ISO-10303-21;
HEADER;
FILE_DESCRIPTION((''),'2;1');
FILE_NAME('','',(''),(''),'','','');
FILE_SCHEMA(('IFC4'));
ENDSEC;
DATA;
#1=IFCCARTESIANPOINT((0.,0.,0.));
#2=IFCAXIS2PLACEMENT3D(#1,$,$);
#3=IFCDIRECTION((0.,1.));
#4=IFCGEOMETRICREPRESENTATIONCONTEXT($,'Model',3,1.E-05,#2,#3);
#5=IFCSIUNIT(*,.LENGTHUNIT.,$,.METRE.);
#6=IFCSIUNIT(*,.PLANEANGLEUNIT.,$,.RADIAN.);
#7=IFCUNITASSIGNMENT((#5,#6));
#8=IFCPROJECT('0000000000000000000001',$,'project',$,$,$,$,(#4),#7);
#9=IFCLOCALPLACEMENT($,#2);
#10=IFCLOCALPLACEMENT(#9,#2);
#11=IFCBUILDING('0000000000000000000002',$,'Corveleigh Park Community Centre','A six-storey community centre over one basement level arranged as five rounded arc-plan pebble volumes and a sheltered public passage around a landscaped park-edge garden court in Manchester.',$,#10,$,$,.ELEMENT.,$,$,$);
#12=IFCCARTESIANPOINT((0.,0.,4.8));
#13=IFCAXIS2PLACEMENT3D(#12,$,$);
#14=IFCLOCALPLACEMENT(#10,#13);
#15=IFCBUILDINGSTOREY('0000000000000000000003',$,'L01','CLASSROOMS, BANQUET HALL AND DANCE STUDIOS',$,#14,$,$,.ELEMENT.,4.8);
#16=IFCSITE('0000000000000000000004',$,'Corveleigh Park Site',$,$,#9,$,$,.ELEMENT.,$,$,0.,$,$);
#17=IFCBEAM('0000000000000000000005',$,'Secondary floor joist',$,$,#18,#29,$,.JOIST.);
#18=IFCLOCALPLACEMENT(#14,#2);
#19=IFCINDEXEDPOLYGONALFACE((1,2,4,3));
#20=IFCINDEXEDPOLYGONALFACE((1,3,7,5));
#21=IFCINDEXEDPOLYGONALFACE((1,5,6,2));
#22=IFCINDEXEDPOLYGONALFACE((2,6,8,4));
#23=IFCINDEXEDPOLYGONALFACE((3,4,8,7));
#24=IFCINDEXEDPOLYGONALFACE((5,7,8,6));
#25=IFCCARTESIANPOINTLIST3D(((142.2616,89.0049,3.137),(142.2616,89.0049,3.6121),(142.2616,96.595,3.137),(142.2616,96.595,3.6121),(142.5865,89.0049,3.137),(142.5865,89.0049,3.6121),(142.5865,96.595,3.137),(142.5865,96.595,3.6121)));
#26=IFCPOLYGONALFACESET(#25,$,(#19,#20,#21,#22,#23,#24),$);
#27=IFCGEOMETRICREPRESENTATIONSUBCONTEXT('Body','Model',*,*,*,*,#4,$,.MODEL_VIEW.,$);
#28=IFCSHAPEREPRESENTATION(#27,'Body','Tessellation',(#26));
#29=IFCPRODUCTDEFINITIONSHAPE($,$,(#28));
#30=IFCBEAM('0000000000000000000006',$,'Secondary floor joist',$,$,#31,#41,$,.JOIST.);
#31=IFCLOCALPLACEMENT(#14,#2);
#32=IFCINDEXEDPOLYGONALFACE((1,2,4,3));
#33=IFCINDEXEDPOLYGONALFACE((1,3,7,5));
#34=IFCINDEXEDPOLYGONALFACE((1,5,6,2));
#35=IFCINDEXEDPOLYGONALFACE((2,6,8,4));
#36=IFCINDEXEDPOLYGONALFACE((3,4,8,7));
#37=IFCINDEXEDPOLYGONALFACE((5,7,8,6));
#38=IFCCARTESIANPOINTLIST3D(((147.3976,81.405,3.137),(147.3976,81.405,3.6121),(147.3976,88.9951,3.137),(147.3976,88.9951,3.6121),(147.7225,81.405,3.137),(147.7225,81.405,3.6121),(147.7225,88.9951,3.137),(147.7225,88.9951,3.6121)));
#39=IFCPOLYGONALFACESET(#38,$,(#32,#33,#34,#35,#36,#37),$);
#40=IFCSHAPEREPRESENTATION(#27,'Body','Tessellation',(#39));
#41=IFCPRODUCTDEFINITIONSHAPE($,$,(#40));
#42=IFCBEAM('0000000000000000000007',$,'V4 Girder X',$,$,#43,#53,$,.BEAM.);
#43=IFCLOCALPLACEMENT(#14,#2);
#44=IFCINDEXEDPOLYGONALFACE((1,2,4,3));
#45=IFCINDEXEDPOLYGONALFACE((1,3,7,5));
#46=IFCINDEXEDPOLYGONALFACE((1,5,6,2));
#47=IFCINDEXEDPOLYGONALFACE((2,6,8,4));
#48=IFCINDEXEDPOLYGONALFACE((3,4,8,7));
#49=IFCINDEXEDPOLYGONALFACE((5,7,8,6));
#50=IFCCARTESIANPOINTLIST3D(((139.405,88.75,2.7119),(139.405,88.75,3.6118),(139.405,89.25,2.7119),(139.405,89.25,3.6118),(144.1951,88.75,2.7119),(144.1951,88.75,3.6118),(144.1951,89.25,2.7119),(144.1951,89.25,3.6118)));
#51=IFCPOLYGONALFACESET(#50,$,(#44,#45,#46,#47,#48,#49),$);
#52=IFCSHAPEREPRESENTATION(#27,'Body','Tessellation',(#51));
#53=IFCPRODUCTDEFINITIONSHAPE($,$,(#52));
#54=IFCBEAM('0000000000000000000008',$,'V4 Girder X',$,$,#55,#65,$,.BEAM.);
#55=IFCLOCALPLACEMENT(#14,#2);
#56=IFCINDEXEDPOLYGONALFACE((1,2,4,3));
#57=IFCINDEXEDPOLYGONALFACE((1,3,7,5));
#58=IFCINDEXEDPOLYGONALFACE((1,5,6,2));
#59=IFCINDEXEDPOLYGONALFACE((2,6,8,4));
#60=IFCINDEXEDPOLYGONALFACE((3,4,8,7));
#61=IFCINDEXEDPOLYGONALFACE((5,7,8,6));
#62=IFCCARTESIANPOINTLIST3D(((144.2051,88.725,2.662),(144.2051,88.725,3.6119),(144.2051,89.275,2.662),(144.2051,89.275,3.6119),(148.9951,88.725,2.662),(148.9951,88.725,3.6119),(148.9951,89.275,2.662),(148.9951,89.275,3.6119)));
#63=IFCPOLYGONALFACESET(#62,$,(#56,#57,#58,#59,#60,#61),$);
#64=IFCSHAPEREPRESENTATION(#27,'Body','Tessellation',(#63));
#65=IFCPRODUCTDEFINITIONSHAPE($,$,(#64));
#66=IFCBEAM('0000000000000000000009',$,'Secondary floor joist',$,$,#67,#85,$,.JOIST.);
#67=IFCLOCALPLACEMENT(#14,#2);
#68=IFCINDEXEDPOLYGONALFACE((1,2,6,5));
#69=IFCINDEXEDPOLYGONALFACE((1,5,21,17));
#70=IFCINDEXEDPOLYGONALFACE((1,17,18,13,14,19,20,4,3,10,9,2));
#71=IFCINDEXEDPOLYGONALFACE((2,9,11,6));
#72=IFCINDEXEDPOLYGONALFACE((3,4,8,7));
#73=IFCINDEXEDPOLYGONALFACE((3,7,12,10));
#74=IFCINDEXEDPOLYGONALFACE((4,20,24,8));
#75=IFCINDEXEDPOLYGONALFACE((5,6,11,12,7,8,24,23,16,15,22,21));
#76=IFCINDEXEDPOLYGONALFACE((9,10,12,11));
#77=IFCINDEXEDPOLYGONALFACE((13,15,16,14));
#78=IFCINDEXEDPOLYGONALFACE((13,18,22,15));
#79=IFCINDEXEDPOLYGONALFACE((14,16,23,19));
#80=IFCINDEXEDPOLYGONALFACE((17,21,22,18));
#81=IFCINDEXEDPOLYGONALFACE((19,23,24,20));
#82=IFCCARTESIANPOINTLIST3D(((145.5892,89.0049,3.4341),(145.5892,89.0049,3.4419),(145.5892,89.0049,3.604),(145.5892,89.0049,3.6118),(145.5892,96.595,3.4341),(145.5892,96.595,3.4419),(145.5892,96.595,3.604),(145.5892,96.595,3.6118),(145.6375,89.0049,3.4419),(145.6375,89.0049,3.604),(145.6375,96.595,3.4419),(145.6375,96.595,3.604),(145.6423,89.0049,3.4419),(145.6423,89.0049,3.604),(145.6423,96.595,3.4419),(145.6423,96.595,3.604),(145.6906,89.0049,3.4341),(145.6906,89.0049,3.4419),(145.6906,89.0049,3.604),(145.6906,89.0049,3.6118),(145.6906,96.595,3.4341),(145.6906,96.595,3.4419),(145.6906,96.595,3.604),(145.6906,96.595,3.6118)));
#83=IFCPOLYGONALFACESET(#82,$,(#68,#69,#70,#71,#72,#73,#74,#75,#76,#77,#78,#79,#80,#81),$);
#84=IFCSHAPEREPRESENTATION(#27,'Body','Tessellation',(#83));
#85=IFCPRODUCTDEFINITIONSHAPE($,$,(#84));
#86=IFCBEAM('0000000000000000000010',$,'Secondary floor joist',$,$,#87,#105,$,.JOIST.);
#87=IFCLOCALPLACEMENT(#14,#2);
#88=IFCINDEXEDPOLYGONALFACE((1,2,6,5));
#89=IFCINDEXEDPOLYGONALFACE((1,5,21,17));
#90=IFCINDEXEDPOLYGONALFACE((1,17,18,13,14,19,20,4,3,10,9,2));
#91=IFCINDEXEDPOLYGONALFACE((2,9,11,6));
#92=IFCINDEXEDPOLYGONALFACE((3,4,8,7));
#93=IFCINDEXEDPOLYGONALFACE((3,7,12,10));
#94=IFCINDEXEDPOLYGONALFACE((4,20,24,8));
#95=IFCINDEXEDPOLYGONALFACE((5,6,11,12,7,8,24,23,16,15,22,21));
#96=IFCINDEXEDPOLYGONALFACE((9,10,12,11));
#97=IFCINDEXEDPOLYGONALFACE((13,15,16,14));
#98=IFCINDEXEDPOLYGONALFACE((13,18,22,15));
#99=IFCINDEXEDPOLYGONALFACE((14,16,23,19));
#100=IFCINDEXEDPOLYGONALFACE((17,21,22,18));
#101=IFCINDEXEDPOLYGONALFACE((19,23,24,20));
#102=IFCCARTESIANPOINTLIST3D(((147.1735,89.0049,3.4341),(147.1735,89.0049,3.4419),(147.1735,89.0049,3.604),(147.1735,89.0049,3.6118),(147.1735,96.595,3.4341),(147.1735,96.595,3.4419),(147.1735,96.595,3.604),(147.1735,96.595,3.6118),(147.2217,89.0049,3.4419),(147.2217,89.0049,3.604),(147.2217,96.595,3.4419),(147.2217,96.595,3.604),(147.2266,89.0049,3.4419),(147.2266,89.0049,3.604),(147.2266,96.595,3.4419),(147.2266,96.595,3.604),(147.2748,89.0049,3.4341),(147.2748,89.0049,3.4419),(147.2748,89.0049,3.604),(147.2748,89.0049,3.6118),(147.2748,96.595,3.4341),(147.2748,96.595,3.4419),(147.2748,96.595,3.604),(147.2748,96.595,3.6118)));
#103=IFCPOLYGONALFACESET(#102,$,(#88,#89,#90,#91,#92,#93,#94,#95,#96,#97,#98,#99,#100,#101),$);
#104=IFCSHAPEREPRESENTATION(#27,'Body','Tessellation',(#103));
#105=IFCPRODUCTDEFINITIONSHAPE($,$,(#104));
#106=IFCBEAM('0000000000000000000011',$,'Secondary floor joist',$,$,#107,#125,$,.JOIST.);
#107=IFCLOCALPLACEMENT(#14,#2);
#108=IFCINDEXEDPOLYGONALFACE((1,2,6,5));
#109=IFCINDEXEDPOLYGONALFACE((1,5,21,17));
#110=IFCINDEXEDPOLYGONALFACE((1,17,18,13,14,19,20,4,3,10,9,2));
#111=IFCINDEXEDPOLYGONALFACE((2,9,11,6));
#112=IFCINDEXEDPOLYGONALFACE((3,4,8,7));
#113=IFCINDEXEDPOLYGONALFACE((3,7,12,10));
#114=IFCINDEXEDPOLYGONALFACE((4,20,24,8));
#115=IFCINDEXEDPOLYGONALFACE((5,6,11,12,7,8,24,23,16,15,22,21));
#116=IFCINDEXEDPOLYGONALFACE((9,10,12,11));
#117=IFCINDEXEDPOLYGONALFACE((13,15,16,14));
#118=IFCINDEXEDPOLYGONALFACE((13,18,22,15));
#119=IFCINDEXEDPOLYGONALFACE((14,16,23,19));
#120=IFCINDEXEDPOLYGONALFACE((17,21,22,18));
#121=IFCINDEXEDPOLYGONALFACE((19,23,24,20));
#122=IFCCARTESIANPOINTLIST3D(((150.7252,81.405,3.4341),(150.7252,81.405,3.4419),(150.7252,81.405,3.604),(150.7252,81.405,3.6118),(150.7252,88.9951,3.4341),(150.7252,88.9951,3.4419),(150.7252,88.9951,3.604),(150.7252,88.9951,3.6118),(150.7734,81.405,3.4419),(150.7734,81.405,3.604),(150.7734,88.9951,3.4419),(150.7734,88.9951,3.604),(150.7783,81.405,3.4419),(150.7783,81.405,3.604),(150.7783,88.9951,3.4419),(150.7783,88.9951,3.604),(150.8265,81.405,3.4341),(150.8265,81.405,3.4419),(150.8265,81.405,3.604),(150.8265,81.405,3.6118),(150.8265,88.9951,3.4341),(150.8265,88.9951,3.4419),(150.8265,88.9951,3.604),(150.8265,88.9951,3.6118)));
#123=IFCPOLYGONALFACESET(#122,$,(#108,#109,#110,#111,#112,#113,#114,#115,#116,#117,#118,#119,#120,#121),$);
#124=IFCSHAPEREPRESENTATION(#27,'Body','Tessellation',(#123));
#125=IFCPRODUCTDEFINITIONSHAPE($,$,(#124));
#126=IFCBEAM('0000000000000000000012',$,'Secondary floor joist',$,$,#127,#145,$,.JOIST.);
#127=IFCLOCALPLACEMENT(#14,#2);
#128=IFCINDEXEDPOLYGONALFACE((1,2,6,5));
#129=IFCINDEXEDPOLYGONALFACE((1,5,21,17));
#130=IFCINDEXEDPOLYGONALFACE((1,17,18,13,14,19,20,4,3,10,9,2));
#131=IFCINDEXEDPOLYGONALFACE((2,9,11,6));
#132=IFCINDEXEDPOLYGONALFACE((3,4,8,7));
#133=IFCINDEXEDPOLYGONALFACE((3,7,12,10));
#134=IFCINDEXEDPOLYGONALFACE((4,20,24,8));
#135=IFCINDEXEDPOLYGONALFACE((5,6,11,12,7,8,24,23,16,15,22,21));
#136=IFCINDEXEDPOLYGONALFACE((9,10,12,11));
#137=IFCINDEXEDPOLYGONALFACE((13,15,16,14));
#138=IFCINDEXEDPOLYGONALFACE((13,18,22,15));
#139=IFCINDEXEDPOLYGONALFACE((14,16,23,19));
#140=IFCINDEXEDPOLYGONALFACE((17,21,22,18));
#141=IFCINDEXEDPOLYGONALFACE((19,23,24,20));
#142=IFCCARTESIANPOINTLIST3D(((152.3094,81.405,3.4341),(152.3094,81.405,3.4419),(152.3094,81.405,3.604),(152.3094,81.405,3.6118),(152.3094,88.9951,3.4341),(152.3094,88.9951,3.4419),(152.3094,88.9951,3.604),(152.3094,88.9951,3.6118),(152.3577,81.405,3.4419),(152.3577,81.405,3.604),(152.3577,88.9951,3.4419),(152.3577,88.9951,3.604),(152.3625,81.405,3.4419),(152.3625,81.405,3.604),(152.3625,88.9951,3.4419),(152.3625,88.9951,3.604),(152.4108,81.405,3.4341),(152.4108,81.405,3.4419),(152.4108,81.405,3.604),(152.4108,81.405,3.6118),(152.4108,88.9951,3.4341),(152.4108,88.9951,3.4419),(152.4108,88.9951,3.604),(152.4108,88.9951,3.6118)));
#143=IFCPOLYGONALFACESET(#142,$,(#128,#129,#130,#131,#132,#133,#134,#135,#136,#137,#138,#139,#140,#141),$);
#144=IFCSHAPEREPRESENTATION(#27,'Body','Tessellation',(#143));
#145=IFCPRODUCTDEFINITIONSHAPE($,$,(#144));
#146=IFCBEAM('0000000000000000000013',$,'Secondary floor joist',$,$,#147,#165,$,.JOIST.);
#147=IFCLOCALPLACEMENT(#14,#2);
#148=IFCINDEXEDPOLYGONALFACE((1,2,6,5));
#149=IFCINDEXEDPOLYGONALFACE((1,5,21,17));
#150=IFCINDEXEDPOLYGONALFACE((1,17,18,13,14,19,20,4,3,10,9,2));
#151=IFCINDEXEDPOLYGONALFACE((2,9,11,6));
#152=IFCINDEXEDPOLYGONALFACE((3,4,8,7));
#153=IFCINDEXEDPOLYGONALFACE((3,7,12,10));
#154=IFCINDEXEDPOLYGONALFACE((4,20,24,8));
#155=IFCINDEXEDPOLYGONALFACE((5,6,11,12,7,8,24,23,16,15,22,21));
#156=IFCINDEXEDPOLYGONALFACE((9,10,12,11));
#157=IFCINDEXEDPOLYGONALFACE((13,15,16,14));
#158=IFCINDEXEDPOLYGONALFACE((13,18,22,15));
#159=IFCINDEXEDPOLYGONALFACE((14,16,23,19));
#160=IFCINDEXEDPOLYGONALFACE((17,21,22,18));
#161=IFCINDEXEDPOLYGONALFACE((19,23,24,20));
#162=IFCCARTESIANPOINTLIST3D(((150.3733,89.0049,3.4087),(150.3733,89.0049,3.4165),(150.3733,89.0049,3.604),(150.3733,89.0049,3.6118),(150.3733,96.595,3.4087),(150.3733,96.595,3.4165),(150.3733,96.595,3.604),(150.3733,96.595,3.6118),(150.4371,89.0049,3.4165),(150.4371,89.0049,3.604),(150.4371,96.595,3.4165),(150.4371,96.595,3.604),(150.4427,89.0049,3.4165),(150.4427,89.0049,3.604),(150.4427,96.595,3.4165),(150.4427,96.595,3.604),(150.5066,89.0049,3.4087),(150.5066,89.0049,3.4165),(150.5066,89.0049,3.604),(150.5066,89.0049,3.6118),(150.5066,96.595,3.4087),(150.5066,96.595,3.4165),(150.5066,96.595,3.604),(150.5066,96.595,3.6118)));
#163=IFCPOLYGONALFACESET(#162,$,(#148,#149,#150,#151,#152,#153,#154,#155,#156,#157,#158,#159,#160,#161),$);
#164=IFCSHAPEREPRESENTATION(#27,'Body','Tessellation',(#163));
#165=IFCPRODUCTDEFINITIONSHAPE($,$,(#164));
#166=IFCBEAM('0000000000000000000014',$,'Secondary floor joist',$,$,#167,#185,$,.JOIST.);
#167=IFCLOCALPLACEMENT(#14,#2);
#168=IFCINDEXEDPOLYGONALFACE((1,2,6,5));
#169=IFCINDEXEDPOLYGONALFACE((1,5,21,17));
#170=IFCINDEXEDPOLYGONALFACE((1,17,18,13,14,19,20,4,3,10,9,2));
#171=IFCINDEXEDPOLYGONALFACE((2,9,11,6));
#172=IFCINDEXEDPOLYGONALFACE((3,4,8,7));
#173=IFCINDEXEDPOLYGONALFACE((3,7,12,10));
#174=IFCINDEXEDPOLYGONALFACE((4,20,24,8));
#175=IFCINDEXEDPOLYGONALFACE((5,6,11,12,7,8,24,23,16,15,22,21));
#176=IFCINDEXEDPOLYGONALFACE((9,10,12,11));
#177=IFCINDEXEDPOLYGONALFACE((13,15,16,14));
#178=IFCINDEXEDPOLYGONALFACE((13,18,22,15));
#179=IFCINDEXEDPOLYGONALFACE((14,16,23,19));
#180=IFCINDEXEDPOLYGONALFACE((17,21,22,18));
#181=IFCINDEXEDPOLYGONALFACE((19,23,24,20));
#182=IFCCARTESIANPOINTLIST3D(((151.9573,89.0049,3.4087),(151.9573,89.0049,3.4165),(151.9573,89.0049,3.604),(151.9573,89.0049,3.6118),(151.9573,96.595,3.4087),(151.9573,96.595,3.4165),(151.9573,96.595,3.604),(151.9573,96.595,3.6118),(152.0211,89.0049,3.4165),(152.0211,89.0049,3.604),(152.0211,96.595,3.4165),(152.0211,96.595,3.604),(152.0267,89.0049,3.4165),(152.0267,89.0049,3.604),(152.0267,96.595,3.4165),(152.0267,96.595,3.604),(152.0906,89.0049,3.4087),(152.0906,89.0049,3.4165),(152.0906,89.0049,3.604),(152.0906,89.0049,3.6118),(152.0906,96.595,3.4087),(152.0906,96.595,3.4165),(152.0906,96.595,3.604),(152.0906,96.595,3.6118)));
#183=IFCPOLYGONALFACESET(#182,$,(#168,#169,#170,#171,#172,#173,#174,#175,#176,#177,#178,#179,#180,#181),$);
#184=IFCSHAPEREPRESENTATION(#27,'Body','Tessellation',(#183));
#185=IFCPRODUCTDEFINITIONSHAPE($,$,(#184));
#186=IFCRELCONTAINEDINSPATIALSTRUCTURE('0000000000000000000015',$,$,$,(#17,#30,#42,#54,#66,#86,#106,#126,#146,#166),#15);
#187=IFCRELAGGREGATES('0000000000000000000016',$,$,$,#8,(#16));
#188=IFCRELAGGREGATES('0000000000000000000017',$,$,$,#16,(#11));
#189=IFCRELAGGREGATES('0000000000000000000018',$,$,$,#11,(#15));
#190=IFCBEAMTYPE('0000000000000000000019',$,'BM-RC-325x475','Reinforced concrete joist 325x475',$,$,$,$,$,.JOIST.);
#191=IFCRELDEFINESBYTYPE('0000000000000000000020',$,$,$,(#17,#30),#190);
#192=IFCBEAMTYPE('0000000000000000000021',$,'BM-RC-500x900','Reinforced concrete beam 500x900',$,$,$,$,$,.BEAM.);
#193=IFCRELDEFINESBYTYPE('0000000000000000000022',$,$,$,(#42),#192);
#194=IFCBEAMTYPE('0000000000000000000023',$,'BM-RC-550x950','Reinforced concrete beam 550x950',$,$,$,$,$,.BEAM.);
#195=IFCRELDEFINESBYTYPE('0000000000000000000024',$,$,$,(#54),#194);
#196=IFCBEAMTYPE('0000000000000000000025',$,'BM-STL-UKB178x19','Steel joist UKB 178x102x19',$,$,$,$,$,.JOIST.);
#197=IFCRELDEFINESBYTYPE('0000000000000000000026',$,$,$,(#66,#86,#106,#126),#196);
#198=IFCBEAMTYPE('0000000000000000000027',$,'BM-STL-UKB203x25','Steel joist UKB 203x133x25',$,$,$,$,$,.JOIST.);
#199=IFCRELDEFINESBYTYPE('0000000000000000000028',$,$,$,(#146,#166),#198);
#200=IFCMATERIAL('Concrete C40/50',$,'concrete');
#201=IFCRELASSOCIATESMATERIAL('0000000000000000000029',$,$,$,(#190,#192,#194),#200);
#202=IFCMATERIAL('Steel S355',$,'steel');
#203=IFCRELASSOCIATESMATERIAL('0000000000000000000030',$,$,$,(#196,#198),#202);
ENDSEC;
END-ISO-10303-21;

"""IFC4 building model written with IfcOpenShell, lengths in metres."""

from ifc_helpers import new_model, si_unit, direction, frame, origin, origin_2d, place, context, subcontext, project, spatial, rectangle, i_section, extrude, material, material_profile, profile_set, type_object, element, save


model = new_model("IFC4")

# Units and contexts
model_context = context("Model", 3, precision=1e-05, world=origin(), true_north=direction((0.0, 1.0)))
body_context = subcontext(model_context, "Body", "Model", "MODEL_VIEW")
ifc_project = project(units=[si_unit("LENGTHUNIT", "METRE"), si_unit("PLANEANGLEUNIT", "RADIAN")], contexts=[model_context])

# Site, building, storey
site_placement = place(None, origin())
site = spatial("IfcSite", under=ifc_project, at=site_placement, Name="Corveleigh Park Site", CompositionType="ELEMENT", RefElevation=0.0)
building_placement = place(site_placement, origin())
building = spatial("IfcBuilding", under=site, at=building_placement, Name="Corveleigh Park Community Centre", Description="A six-storey community centre over one basement level arranged as five rounded arc-plan pebble volumes and a sheltered public passage around a landscaped park-edge garden court in Manchester.", CompositionType="ELEMENT")
storey_placement = place(building_placement, frame((0.0, 0.0, 4.8)))
storey = spatial("IfcBuildingStorey", under=building, at=storey_placement, Name="L01", Description="CLASSROOMS, BANQUET HALL AND DANCE STUDIOS", CompositionType="ELEMENT", Elevation=4.8)

# Shared definitions
ifc_material_1 = material(Name="Concrete C40/50", Category="concrete")
ifc_material_2 = material(Name="Steel S355", Category="steel")

# Beams
ifc_material_profile_1 = material_profile(ifc_material_1, rectangle(XDim=0.325, YDim=0.4751, at=origin_2d()), Name="RC-325x475", Category="concrete")
ifc_profile_set_1 = profile_set([ifc_material_profile_1], Name="Concrete C40/50")
beam_type_1 = type_object("IfcBeamType", Name="BM-RC-325x475", Description="Reinforced concrete joist 325x475", PredefinedType="JOIST", material=ifc_profile_set_1)
for number, where, z_axis, x_axis, name in (
    (1, (142.4241, 89.0049, 3.3745), (0.0, 1.0, 0.0), (-1.0, 0.0, 0.0), "Secondary floor joist"),
    (2, (147.5601, 81.405, 3.3745), (0.0, 1.0, 0.0), (-1.0, 0.0, 0.0), "Secondary floor joist"),
):
    element("IfcBeam", number, at=place(storey_placement, frame(where, z_axis=z_axis, x_axis=x_axis)), inside=storey, type_object=beam_type_1, Name=name, PredefinedType="JOIST", context=body_context, shape_type="SweptSolid", body=[
        extrude(rectangle(XDim=0.325, YDim=0.4751, at=origin_2d()), origin(), (0.0, 0.0, 1.0), 7.5901),
    ])
ifc_material_profile_2 = material_profile(ifc_material_1, rectangle(XDim=0.5, YDim=0.8999, at=origin_2d()), Name="RC-500x900", Category="concrete")
ifc_profile_set_2 = profile_set([ifc_material_profile_2], Name="Concrete C40/50")
beam_type_2 = type_object("IfcBeamType", Name="BM-RC-500x900", Description="Reinforced concrete beam 500x900", PredefinedType="BEAM", material=ifc_profile_set_2)
beam_1_placement = place(storey_placement, frame((139.405, 89.0, 3.1619), z_axis=(1.0, 0.0, 0.0), x_axis=(0.0, 1.0, 0.0)))
element("IfcBeam", 3, at=beam_1_placement, inside=storey, type_object=beam_type_2, Name="V4 Girder X", PredefinedType="BEAM", context=body_context, shape_type="SweptSolid", body=[
    extrude(rectangle(XDim=0.5, YDim=0.8999, at=origin_2d()), origin(), (0.0, 0.0, 1.0), 4.79),
])
ifc_material_profile_3 = material_profile(ifc_material_1, rectangle(XDim=0.55, YDim=0.95, at=origin_2d()), Name="RC-550x950", Category="concrete")
ifc_profile_set_3 = profile_set([ifc_material_profile_3], Name="Concrete C40/50")
beam_type_3 = type_object("IfcBeamType", Name="BM-RC-550x950", Description="Reinforced concrete beam 550x950", PredefinedType="BEAM", material=ifc_profile_set_3)
beam_2_placement = place(storey_placement, frame((144.2051, 89.0, 3.137), z_axis=(1.0, 0.0, 0.0), x_axis=(0.0, 1.0, 0.0)))
element("IfcBeam", 4, at=beam_2_placement, inside=storey, type_object=beam_type_3, Name="V4 Girder X", PredefinedType="BEAM", context=body_context, shape_type="SweptSolid", body=[
    extrude(rectangle(XDim=0.55, YDim=0.95, at=origin_2d()), origin(), (0.0, 0.0, 1.0), 4.79),
])
ifc_material_profile_4 = material_profile(ifc_material_2, i_section(OverallWidth=0.1013, OverallDepth=0.1777, WebThickness=0.0049, FlangeThickness=0.0078, at=origin_2d()), Name="UKB 178x102x19", Category="steel")
ifc_profile_set_4 = profile_set([ifc_material_profile_4], Name="Steel S355")
beam_type_4 = type_object("IfcBeamType", Name="BM-STL-UKB178x19", Description="Steel joist UKB 178x102x19", PredefinedType="JOIST", material=ifc_profile_set_4)
for number, where, z_axis, x_axis, name in (
    (5, (145.6399, 89.0049, 3.5229), (0.0, 1.0, 0.0), (-1.0, 0.0, 0.0), "Secondary floor joist"),
    (6, (147.2241, 89.0049, 3.5229), (0.0, 1.0, 0.0), (-1.0, 0.0, 0.0), "Secondary floor joist"),
    (7, (150.7759, 81.405, 3.5229), (0.0, 1.0, 0.0), (-1.0, 0.0, 0.0), "Secondary floor joist"),
    (8, (152.3601, 81.405, 3.5229), (0.0, 1.0, 0.0), (-1.0, 0.0, 0.0), "Secondary floor joist"),
):
    element("IfcBeam", number, at=place(storey_placement, frame(where, z_axis=z_axis, x_axis=x_axis)), inside=storey, type_object=beam_type_4, Name=name, PredefinedType="JOIST", context=body_context, shape_type="SweptSolid", body=[
        extrude(i_section(OverallWidth=0.1013, OverallDepth=0.1777, WebThickness=0.0049, FlangeThickness=0.0078, at=origin_2d()), origin(), (0.0, 0.0, 1.0), 7.5901),
    ])
ifc_material_profile_5 = material_profile(ifc_material_2, i_section(OverallWidth=0.1333, OverallDepth=0.2031, WebThickness=0.0056, FlangeThickness=0.0078, at=origin_2d()), Name="UKB 203x133x25", Category="steel")
ifc_profile_set_5 = profile_set([ifc_material_profile_5], Name="Steel S355")
beam_type_5 = type_object("IfcBeamType", Name="BM-STL-UKB203x25", Description="Steel joist UKB 203x133x25", PredefinedType="JOIST", material=ifc_profile_set_5)
for number, where, z_axis, x_axis, name in (
    (9, (150.4399, 89.0049, 3.5103), (0.0, 1.0, 0.0), (-1.0, 0.0, 0.0), "Secondary floor joist"),
    (10, (152.0239, 89.0049, 3.5103), (0.0, 1.0, 0.0), (-1.0, 0.0, 0.0), "Secondary floor joist"),
):
    element("IfcBeam", number, at=place(storey_placement, frame(where, z_axis=z_axis, x_axis=x_axis)), inside=storey, type_object=beam_type_5, Name=name, PredefinedType="JOIST", context=body_context, shape_type="SweptSolid", body=[
        extrude(i_section(OverallWidth=0.1333, OverallDepth=0.2031, WebThickness=0.0056, FlangeThickness=0.0078, at=origin_2d()), origin(), (0.0, 0.0, 1.0), 7.5901),
    ])

save(model, "model.ifc")
